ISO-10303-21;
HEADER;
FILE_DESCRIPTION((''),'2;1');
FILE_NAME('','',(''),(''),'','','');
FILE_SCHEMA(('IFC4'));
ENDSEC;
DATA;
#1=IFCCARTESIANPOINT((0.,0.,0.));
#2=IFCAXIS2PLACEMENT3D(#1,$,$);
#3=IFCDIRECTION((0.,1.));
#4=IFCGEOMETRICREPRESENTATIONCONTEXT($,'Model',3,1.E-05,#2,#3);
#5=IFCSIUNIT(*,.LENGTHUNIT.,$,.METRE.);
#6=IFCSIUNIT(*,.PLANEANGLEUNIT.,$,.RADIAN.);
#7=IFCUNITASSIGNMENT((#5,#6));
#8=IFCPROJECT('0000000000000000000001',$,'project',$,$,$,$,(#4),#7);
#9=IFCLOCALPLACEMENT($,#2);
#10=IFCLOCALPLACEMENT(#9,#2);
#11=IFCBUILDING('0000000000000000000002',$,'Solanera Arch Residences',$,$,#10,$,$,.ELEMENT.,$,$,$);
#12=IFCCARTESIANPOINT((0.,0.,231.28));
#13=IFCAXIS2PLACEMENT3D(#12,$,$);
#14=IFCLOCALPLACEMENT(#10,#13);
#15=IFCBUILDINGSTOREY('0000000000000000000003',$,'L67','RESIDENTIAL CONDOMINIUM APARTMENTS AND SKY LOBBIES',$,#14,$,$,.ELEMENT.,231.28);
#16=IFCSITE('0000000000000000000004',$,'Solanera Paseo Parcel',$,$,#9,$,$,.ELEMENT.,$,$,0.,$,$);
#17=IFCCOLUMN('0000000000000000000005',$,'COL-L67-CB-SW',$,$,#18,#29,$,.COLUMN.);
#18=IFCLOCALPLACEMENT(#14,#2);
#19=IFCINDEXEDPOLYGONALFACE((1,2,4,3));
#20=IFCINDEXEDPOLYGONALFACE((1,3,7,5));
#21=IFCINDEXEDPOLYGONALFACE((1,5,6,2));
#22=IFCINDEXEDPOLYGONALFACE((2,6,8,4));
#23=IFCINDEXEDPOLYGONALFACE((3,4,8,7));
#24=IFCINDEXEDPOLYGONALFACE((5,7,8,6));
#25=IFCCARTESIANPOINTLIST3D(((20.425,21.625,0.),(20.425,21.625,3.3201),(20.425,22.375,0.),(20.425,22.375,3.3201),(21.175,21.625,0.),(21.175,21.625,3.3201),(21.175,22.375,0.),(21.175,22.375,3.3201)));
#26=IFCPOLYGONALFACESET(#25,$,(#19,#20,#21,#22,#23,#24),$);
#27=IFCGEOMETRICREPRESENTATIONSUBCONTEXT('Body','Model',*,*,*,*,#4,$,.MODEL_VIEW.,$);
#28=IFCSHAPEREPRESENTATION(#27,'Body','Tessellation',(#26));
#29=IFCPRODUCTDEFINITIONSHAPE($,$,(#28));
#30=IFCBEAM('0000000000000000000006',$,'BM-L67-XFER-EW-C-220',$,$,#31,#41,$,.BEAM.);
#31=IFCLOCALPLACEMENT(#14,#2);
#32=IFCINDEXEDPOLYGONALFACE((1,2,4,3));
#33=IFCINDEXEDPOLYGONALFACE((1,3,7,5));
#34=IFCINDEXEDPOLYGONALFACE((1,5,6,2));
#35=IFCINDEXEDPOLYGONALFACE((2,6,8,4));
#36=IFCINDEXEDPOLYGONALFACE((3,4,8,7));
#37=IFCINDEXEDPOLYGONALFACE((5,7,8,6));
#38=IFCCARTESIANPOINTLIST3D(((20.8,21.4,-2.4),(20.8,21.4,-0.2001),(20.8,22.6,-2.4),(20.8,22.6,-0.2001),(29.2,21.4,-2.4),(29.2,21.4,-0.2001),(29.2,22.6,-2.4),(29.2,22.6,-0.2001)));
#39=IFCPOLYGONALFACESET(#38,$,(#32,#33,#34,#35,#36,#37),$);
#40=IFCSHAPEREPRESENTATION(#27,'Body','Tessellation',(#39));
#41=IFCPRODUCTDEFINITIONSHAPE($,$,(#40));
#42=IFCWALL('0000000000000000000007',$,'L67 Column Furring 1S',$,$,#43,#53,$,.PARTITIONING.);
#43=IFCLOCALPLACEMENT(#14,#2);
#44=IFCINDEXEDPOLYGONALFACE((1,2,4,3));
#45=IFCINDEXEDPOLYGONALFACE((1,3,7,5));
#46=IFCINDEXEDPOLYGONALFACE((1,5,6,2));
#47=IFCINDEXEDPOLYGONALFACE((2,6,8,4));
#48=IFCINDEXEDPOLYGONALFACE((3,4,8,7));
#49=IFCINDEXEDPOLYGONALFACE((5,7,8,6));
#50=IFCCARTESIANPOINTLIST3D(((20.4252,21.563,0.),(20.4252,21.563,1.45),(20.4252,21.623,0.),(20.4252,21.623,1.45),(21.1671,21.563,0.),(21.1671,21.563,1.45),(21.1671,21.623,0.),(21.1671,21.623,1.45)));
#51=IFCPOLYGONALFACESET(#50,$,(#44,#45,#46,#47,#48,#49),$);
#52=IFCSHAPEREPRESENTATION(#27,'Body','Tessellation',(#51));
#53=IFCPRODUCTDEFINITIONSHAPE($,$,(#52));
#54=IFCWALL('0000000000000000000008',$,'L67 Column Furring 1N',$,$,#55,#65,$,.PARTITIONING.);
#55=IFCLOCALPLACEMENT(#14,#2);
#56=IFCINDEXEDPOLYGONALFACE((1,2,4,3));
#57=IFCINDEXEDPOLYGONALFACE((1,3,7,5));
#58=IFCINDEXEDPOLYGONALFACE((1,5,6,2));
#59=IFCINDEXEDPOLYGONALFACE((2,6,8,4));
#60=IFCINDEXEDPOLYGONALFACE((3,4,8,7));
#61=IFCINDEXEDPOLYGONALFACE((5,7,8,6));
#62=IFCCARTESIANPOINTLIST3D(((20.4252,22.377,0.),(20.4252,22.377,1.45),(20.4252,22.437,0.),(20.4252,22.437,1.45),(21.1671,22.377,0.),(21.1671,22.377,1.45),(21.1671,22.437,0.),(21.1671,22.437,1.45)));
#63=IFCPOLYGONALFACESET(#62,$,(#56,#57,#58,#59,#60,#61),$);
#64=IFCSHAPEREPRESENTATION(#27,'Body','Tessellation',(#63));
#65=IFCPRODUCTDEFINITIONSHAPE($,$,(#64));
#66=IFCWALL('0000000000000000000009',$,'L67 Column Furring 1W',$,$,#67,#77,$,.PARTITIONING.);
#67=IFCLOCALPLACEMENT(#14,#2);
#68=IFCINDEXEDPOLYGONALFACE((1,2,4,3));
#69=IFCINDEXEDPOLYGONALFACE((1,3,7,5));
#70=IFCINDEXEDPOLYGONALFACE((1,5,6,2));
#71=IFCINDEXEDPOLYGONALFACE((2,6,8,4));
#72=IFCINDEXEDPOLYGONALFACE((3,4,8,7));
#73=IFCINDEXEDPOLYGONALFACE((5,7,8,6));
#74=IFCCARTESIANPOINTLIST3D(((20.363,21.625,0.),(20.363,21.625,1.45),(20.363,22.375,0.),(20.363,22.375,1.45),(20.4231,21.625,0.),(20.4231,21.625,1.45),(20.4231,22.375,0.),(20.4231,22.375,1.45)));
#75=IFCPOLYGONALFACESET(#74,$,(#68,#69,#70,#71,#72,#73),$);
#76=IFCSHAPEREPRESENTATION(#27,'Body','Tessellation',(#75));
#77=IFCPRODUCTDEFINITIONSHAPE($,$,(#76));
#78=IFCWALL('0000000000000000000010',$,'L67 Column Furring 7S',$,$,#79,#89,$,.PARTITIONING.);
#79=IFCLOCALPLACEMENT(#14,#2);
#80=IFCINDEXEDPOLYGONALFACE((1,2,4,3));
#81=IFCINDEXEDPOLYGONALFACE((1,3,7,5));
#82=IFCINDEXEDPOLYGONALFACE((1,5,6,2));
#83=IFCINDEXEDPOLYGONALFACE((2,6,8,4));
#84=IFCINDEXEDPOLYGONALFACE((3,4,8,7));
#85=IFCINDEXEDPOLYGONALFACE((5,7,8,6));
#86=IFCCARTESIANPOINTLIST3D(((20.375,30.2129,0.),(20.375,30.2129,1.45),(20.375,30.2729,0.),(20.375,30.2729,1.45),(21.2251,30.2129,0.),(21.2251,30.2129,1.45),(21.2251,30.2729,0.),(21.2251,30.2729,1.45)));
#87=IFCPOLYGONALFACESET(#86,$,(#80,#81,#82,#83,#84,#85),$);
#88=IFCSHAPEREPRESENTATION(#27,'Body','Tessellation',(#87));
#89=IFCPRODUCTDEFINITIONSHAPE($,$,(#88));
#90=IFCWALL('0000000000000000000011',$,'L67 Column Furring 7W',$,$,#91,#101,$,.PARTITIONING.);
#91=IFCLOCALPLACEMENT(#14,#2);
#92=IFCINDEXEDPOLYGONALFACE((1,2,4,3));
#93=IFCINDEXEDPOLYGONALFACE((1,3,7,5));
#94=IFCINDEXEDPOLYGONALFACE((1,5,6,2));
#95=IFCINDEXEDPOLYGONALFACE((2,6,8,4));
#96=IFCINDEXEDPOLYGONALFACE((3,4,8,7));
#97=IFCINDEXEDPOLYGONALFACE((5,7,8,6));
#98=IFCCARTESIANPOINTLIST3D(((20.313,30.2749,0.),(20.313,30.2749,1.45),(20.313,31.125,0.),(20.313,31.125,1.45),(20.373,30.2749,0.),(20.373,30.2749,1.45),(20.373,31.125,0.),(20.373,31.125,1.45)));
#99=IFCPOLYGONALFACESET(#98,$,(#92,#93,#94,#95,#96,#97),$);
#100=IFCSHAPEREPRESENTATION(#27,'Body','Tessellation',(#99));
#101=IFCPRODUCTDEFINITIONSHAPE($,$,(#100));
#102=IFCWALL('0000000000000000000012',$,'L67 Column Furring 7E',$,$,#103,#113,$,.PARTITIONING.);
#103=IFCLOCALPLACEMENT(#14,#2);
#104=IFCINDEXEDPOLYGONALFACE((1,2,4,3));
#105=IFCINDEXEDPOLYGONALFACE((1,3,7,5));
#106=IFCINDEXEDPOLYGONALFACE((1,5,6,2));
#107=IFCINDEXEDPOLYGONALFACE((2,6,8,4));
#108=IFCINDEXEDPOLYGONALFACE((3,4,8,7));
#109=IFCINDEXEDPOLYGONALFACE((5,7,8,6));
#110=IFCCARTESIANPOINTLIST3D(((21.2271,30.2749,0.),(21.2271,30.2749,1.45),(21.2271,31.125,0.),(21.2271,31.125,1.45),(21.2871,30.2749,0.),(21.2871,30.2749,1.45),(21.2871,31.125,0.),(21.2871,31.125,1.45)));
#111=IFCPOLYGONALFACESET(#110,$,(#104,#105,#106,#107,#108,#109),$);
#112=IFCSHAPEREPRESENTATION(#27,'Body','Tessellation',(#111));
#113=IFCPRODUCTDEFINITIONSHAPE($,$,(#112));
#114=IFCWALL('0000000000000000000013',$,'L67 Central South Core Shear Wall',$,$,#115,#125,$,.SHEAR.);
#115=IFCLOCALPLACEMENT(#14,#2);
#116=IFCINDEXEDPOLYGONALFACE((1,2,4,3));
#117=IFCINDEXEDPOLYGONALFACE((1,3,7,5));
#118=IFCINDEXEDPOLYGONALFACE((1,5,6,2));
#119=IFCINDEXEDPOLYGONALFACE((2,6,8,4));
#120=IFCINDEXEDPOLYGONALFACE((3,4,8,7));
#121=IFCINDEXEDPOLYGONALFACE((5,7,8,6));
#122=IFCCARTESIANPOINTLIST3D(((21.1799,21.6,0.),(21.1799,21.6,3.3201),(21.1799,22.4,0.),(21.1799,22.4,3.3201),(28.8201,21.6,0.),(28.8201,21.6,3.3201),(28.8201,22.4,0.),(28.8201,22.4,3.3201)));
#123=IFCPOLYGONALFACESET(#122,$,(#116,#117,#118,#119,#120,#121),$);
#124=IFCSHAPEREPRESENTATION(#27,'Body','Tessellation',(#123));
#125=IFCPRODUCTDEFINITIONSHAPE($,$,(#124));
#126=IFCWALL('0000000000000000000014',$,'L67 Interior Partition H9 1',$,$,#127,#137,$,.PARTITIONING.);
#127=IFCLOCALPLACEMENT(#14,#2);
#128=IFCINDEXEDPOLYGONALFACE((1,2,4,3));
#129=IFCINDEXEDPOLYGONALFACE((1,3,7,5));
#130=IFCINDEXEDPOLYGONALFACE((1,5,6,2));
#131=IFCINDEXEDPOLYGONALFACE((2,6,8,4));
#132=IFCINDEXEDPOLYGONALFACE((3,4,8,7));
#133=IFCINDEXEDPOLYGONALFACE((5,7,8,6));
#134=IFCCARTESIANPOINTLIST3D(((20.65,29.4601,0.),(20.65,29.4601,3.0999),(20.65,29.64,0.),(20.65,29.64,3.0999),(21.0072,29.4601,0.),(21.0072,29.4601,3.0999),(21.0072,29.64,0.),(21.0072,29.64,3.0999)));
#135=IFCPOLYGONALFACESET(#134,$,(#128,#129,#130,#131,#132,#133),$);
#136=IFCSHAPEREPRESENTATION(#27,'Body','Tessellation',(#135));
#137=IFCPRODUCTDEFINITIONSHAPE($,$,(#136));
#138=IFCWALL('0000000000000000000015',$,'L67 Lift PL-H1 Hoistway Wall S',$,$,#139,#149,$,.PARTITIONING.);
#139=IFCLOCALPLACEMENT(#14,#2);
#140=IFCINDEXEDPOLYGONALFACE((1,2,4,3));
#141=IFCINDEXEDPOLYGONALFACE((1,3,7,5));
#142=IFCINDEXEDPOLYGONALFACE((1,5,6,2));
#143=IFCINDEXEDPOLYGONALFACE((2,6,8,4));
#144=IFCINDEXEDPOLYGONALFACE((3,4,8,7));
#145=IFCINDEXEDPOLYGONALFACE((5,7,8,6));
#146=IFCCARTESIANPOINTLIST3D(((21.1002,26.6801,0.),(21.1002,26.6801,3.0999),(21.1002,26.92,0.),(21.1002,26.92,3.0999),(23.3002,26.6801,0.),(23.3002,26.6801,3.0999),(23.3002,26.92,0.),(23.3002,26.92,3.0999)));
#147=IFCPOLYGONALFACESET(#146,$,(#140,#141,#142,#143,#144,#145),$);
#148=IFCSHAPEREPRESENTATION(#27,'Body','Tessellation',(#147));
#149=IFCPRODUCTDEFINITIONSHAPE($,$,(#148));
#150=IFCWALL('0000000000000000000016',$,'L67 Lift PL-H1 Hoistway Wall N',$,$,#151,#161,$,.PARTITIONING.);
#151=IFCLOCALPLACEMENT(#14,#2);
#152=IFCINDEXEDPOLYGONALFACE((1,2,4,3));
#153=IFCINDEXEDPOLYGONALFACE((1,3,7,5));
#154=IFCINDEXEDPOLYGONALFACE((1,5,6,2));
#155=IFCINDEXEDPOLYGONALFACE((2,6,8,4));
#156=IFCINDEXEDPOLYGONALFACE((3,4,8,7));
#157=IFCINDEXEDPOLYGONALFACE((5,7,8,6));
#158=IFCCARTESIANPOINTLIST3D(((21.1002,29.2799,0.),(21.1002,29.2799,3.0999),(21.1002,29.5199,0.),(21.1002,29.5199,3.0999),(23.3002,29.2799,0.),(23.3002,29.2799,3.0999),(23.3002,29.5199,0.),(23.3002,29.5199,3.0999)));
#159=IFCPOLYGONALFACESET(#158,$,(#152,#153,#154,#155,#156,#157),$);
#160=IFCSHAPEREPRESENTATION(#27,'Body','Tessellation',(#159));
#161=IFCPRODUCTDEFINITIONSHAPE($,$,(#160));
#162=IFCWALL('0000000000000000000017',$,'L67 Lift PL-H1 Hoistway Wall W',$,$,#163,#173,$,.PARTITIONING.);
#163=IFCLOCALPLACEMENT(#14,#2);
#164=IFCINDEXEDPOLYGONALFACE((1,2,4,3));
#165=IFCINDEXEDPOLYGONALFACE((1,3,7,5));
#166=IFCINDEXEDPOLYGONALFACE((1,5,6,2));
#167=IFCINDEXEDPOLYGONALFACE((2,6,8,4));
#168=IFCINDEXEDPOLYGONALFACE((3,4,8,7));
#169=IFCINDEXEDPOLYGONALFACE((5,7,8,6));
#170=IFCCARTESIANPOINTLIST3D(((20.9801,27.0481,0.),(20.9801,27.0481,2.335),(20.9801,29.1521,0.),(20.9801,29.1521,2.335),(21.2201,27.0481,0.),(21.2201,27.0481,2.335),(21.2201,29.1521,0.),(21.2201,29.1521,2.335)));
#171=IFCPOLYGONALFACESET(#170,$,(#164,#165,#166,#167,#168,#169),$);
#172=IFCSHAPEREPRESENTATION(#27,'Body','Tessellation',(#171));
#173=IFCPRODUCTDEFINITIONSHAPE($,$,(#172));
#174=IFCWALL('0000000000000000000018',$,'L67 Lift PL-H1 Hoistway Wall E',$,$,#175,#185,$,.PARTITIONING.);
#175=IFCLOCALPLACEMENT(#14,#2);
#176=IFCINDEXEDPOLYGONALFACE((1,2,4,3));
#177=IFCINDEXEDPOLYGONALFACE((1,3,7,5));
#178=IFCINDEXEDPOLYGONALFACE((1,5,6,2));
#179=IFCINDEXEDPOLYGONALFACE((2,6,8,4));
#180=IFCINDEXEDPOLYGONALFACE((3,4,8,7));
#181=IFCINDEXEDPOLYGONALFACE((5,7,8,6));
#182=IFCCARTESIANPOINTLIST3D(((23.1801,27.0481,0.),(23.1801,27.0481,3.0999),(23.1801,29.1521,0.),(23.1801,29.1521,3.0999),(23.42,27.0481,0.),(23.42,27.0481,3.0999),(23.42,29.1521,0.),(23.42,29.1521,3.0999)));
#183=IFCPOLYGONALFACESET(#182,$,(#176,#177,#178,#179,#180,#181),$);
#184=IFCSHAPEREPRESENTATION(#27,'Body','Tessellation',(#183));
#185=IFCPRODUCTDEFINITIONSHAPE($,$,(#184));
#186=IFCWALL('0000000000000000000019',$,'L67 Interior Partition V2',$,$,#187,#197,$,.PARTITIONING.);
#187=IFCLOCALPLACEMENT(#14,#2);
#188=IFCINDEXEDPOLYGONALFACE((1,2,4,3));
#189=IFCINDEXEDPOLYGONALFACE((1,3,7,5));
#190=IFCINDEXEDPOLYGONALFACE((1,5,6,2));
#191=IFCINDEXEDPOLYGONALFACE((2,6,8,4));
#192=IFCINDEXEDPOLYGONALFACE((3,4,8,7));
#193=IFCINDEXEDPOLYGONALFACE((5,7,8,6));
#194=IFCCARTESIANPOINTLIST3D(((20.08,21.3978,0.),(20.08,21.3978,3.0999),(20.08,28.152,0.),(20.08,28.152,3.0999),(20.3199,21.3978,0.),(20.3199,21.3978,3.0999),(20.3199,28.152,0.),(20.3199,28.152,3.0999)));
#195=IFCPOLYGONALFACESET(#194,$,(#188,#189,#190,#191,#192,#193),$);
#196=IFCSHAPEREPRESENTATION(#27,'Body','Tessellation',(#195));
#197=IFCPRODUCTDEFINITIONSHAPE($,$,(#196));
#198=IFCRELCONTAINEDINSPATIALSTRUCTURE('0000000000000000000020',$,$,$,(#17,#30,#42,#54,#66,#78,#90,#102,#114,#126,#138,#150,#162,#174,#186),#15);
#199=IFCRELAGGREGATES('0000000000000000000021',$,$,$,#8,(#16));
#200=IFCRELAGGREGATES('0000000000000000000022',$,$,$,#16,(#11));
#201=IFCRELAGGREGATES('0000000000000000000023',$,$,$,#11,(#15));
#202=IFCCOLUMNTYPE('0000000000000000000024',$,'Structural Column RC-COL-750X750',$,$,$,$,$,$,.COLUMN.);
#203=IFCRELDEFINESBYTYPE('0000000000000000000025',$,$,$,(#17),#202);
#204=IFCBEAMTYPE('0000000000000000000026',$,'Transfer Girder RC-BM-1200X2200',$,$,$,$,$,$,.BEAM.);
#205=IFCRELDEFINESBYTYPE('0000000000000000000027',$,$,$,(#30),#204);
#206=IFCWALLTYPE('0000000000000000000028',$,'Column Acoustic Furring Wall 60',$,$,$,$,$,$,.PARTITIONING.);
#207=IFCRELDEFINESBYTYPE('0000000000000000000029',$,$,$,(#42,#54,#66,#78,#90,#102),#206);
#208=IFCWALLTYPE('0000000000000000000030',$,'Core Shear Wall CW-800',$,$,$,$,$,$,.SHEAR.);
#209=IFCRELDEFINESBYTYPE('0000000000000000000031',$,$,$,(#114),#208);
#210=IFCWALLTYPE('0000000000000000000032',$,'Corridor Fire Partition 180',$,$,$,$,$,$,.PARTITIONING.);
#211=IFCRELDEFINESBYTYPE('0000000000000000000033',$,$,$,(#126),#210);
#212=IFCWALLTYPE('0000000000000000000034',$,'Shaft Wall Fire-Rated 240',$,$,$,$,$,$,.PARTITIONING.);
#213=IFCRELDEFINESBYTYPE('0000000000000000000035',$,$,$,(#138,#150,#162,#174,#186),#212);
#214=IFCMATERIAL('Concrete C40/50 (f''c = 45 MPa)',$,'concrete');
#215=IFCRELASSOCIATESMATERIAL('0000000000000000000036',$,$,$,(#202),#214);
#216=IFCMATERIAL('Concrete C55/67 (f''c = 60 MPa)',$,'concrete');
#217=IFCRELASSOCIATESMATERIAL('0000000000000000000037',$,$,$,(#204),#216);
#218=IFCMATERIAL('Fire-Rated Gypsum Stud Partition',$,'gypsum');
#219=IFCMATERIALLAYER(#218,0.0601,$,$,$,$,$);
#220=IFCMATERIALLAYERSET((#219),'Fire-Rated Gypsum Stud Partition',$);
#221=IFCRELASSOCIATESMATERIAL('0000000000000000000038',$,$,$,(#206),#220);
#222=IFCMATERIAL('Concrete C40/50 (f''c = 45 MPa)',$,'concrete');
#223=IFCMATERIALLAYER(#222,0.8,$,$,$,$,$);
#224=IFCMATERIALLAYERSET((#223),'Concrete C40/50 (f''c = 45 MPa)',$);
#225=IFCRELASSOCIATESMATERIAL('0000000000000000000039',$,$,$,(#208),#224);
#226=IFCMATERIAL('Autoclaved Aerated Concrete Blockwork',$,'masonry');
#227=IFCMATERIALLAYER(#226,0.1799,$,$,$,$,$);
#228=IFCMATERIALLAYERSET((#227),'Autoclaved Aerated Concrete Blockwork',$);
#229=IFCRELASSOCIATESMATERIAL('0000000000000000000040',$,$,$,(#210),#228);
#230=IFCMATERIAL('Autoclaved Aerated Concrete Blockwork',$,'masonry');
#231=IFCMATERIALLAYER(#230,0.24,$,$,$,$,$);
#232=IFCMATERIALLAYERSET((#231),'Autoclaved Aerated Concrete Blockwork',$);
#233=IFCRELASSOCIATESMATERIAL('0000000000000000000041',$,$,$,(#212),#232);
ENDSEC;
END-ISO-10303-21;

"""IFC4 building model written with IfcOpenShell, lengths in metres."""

from ifc_helpers import new_model, si_unit, direction, frame, frame_2d, origin, origin_2d, place, context, subcontext, project, spatial, rectangle, extrude, material, layer, layer_set, material_profile, profile_set, type_object, element, save


model = new_model("IFC4")

# Units and contexts
model_context = context("Model", 3, precision=1e-05, world=origin(), true_north=direction((0.0, 1.0)))
body_context = subcontext(model_context, "Body", "Model", "MODEL_VIEW")
ifc_project = project(units=[si_unit("LENGTHUNIT", "METRE"), si_unit("PLANEANGLEUNIT", "RADIAN")], contexts=[model_context])

# Site, building, storey
site_placement = place(None, origin())
site = spatial("IfcSite", under=ifc_project, at=site_placement, Name="Solanera Paseo Parcel", CompositionType="ELEMENT", RefElevation=0.0)
building_placement = place(site_placement, origin())
building = spatial("IfcBuilding", under=site, at=building_placement, Name="Solanera Arch Residences", CompositionType="ELEMENT")
storey_placement = place(building_placement, frame((0.0, 0.0, 231.28)))
storey = spatial("IfcBuildingStorey", under=building, at=storey_placement, Name="L67", Description="RESIDENTIAL CONDOMINIUM APARTMENTS AND SKY LOBBIES", CompositionType="ELEMENT", Elevation=231.28)

# Column
ifc_material_1 = material(Name="Concrete C40/50 (f'c = 45 MPa)", Category="concrete")
ifc_material_profile_1 = material_profile(ifc_material_1, rectangle(XDim=0.75, YDim=0.75, at=origin_2d()))
ifc_profile_set_1 = profile_set([ifc_material_profile_1], Name="Concrete C40/50 (f'c = 45 MPa)")
column_type = type_object("IfcColumnType", Name="Structural Column RC-COL-750X750", PredefinedType="COLUMN", material=ifc_profile_set_1)
column_placement = place(storey_placement, frame((20.8, 22.0, 0.0), z_axis=(0.0, 0.0, 1.0), x_axis=(1.0, 0.0, 0.0)))
element("IfcColumn", 1, at=column_placement, inside=storey, type_object=column_type, Name="COL-L67-CB-SW", PredefinedType="COLUMN", context=body_context, shape_type="SweptSolid", body=[
    extrude(rectangle(XDim=0.75, YDim=0.75, at=origin_2d()), origin(), (0.0, 0.0, 1.0), 3.3201),
])

# Beam
ifc_material_2 = material(Name="Concrete C55/67 (f'c = 60 MPa)", Category="concrete")
ifc_material_profile_2 = material_profile(ifc_material_2, rectangle(XDim=1.2, YDim=2.2, at=origin_2d()))
ifc_profile_set_2 = profile_set([ifc_material_profile_2], Name="Concrete C55/67 (f'c = 60 MPa)")
beam_type = type_object("IfcBeamType", Name="Transfer Girder RC-BM-1200X2200", PredefinedType="BEAM", material=ifc_profile_set_2)
beam_placement = place(storey_placement, frame((20.8, 22.0, -1.3), z_axis=(1.0, 0.0, 0.0), x_axis=(0.0, 1.0, 0.0)))
element("IfcBeam", 2, at=beam_placement, inside=storey, type_object=beam_type, Name="BM-L67-XFER-EW-C-220", PredefinedType="BEAM", context=body_context, shape_type="SweptSolid", body=[
    extrude(rectangle(XDim=1.2, YDim=2.2, at=origin_2d()), origin(), (0.0, 0.0, 1.0), 8.3999),
])

# Walls
ifc_material_3 = material(Name="Fire-Rated Gypsum Stud Partition", Category="gypsum")
ifc_layer_1 = layer(ifc_material_3, 0.0601)
ifc_layer_set_1 = layer_set([ifc_layer_1], Name="Fire-Rated Gypsum Stud Partition")
wall_type_1 = type_object("IfcWallType", Name="Column Acoustic Furring Wall 60", PredefinedType="PARTITIONING", material=ifc_layer_set_1)
for number, where, z_axis, x_axis, name in (
    (3, (20.425, 21.593, 0.0), (0.0, 0.0, 1.0), (1.0, 0.0, 0.0), "L67 Column Furring 1S"),
    (4, (20.425, 22.407, 0.0), (0.0, 0.0, 1.0), (1.0, 0.0, 0.0), "L67 Column Furring 1N"),
):
    element("IfcWall", number, at=place(storey_placement, frame(where, z_axis=z_axis, x_axis=x_axis)), inside=storey, type_object=wall_type_1, Name=name, PredefinedType="PARTITIONING", context=body_context, shape_type="SweptSolid", body=[
        extrude(rectangle(XDim=0.7419, YDim=0.0601, at=frame_2d((0.3711, 0.0))), origin(), (0.0, 0.0, 1.0), 1.45),
    ])
wall_1_placement = place(storey_placement, frame((20.3931, 21.625, 0.0), z_axis=(0.0, 0.0, 1.0), x_axis=(0.0, 1.0, 0.0)))
element("IfcWall", 5, at=wall_1_placement, inside=storey, type_object=wall_type_1, Name="L67 Column Furring 1W", PredefinedType="PARTITIONING", context=body_context, shape_type="SweptSolid", body=[
    extrude(rectangle(XDim=0.75, YDim=0.0601, at=frame_2d((0.375, 0.0))), origin(), (0.0, 0.0, 1.0), 1.45),
])
for number, where, z_axis, x_axis, name in (
    (6, (20.375, 30.2429, 0.0), (0.0, 0.0, 1.0), (1.0, 0.0, 0.0), "L67 Column Furring 7S"),
    (7, (20.343, 30.2749, 0.0), (0.0, 0.0, 1.0), (0.0, 1.0, 0.0), "L67 Column Furring 7W"),
    (8, (21.2571, 30.2749, 0.0), (0.0, 0.0, 1.0), (0.0, 1.0, 0.0), "L67 Column Furring 7E"),
):
    element("IfcWall", number, at=place(storey_placement, frame(where, z_axis=z_axis, x_axis=x_axis)), inside=storey, type_object=wall_type_1, Name=name, PredefinedType="PARTITIONING", context=body_context, shape_type="SweptSolid", body=[
        extrude(rectangle(XDim=0.8501, YDim=0.0601, at=frame_2d((0.425, 0.0))), origin(), (0.0, 0.0, 1.0), 1.45),
    ])

# Walls
ifc_material_4 = material(Name="Concrete C40/50 (f'c = 45 MPa)", Category="concrete")
ifc_layer_2 = layer(ifc_material_4, 0.8)
ifc_layer_set_2 = layer_set([ifc_layer_2], Name="Concrete C40/50 (f'c = 45 MPa)")
wall_type_2 = type_object("IfcWallType", Name="Core Shear Wall CW-800", PredefinedType="SHEAR", material=ifc_layer_set_2)
wall_2_placement = place(storey_placement, frame((21.1799, 22.0, 0.0), z_axis=(0.0, 0.0, 1.0), x_axis=(1.0, 0.0, 0.0)))
element("IfcWall", 9, at=wall_2_placement, inside=storey, type_object=wall_type_2, Name="L67 Central South Core Shear Wall", PredefinedType="SHEAR", context=body_context, shape_type="SweptSolid", body=[
    extrude(rectangle(XDim=7.6401, YDim=0.8, at=frame_2d((3.8201, 0.0))), origin(), (0.0, 0.0, 1.0), 3.3201),
])
ifc_material_5 = material(Name="Autoclaved Aerated Concrete Blockwork", Category="masonry")
ifc_layer_3 = layer(ifc_material_5, 0.1799)
ifc_layer_set_3 = layer_set([ifc_layer_3], Name="Autoclaved Aerated Concrete Blockwork")
wall_type_3 = type_object("IfcWallType", Name="Corridor Fire Partition 180", PredefinedType="PARTITIONING", material=ifc_layer_set_3)
wall_3_placement = place(storey_placement, frame((20.6499, 29.55, 0.0), z_axis=(0.0, 0.0, 1.0), x_axis=(1.0, 0.0, 0.0)))
element("IfcWall", 10, at=wall_3_placement, inside=storey, type_object=wall_type_3, Name="L67 Interior Partition H9 1", PredefinedType="PARTITIONING", context=body_context, shape_type="SweptSolid", body=[
    extrude(rectangle(XDim=0.3572, YDim=0.1799, at=frame_2d((0.1787, 0.0))), origin(), (0.0, 0.0, 1.0), 3.0999),
])
ifc_material_6 = material(Name="Autoclaved Aerated Concrete Blockwork", Category="masonry")
ifc_layer_4 = layer(ifc_material_6, 0.24)
ifc_layer_set_4 = layer_set([ifc_layer_4], Name="Autoclaved Aerated Concrete Blockwork")
wall_type_4 = type_object("IfcWallType", Name="Shaft Wall Fire-Rated 240", PredefinedType="PARTITIONING", material=ifc_layer_set_4)
for number, where, z_axis, x_axis, name in (
    (11, (21.1001, 26.8, 0.0), (0.0, 0.0, 1.0), (1.0, 0.0, 0.0), "L67 Lift PL-H1 Hoistway Wall S"),
    (12, (21.1001, 29.3999, 0.0), (0.0, 0.0, 1.0), (1.0, 0.0, 0.0), "L67 Lift PL-H1 Hoistway Wall N"),
):
    element("IfcWall", number, at=place(storey_placement, frame(where, z_axis=z_axis, x_axis=x_axis)), inside=storey, type_object=wall_type_4, Name=name, PredefinedType="PARTITIONING", context=body_context, shape_type="SweptSolid", body=[
        extrude(rectangle(XDim=2.2, YDim=0.24, at=frame_2d((1.1001, 0.0))), origin(), (0.0, 0.0, 1.0), 3.0999),
    ])
wall_4_placement = place(storey_placement, frame((21.1001, 27.0481, 0.0), z_axis=(0.0, 0.0, 1.0), x_axis=(0.0, 1.0, 0.0)))
element("IfcWall", 13, at=wall_4_placement, inside=storey, type_object=wall_type_4, Name="L67 Lift PL-H1 Hoistway Wall W", PredefinedType="PARTITIONING", context=body_context, shape_type="SweptSolid", body=[
    extrude(rectangle(XDim=2.104, YDim=0.24, at=frame_2d((1.052, 0.0))), origin(), (0.0, 0.0, 1.0), 2.335),
])
wall_5_placement = place(storey_placement, frame((23.3, 27.0481, 0.0), z_axis=(0.0, 0.0, 1.0), x_axis=(0.0, 1.0, 0.0)))
element("IfcWall", 14, at=wall_5_placement, inside=storey, type_object=wall_type_4, Name="L67 Lift PL-H1 Hoistway Wall E", PredefinedType="PARTITIONING", context=body_context, shape_type="SweptSolid", body=[
    extrude(rectangle(XDim=2.104, YDim=0.24, at=frame_2d((1.052, 0.0))), origin(), (0.0, 0.0, 1.0), 3.0999),
])

# Wall
wall_6_placement = place(storey_placement, frame((20.2, 21.3979, 0.0), z_axis=(0.0, 0.0, 1.0), x_axis=(0.0, 1.0, 0.0)))
element("IfcWall", 15, at=wall_6_placement, inside=storey, type_object=wall_type_4, Name="L67 Interior Partition V2", PredefinedType="PARTITIONING", context=body_context, shape_type="SweptSolid", body=[
    extrude(rectangle(XDim=6.7542, YDim=0.24, at=frame_2d((3.377, 0.0))), origin(), (0.0, 0.0, 1.0), 3.0999),
])

save(model, "model.ifc")
